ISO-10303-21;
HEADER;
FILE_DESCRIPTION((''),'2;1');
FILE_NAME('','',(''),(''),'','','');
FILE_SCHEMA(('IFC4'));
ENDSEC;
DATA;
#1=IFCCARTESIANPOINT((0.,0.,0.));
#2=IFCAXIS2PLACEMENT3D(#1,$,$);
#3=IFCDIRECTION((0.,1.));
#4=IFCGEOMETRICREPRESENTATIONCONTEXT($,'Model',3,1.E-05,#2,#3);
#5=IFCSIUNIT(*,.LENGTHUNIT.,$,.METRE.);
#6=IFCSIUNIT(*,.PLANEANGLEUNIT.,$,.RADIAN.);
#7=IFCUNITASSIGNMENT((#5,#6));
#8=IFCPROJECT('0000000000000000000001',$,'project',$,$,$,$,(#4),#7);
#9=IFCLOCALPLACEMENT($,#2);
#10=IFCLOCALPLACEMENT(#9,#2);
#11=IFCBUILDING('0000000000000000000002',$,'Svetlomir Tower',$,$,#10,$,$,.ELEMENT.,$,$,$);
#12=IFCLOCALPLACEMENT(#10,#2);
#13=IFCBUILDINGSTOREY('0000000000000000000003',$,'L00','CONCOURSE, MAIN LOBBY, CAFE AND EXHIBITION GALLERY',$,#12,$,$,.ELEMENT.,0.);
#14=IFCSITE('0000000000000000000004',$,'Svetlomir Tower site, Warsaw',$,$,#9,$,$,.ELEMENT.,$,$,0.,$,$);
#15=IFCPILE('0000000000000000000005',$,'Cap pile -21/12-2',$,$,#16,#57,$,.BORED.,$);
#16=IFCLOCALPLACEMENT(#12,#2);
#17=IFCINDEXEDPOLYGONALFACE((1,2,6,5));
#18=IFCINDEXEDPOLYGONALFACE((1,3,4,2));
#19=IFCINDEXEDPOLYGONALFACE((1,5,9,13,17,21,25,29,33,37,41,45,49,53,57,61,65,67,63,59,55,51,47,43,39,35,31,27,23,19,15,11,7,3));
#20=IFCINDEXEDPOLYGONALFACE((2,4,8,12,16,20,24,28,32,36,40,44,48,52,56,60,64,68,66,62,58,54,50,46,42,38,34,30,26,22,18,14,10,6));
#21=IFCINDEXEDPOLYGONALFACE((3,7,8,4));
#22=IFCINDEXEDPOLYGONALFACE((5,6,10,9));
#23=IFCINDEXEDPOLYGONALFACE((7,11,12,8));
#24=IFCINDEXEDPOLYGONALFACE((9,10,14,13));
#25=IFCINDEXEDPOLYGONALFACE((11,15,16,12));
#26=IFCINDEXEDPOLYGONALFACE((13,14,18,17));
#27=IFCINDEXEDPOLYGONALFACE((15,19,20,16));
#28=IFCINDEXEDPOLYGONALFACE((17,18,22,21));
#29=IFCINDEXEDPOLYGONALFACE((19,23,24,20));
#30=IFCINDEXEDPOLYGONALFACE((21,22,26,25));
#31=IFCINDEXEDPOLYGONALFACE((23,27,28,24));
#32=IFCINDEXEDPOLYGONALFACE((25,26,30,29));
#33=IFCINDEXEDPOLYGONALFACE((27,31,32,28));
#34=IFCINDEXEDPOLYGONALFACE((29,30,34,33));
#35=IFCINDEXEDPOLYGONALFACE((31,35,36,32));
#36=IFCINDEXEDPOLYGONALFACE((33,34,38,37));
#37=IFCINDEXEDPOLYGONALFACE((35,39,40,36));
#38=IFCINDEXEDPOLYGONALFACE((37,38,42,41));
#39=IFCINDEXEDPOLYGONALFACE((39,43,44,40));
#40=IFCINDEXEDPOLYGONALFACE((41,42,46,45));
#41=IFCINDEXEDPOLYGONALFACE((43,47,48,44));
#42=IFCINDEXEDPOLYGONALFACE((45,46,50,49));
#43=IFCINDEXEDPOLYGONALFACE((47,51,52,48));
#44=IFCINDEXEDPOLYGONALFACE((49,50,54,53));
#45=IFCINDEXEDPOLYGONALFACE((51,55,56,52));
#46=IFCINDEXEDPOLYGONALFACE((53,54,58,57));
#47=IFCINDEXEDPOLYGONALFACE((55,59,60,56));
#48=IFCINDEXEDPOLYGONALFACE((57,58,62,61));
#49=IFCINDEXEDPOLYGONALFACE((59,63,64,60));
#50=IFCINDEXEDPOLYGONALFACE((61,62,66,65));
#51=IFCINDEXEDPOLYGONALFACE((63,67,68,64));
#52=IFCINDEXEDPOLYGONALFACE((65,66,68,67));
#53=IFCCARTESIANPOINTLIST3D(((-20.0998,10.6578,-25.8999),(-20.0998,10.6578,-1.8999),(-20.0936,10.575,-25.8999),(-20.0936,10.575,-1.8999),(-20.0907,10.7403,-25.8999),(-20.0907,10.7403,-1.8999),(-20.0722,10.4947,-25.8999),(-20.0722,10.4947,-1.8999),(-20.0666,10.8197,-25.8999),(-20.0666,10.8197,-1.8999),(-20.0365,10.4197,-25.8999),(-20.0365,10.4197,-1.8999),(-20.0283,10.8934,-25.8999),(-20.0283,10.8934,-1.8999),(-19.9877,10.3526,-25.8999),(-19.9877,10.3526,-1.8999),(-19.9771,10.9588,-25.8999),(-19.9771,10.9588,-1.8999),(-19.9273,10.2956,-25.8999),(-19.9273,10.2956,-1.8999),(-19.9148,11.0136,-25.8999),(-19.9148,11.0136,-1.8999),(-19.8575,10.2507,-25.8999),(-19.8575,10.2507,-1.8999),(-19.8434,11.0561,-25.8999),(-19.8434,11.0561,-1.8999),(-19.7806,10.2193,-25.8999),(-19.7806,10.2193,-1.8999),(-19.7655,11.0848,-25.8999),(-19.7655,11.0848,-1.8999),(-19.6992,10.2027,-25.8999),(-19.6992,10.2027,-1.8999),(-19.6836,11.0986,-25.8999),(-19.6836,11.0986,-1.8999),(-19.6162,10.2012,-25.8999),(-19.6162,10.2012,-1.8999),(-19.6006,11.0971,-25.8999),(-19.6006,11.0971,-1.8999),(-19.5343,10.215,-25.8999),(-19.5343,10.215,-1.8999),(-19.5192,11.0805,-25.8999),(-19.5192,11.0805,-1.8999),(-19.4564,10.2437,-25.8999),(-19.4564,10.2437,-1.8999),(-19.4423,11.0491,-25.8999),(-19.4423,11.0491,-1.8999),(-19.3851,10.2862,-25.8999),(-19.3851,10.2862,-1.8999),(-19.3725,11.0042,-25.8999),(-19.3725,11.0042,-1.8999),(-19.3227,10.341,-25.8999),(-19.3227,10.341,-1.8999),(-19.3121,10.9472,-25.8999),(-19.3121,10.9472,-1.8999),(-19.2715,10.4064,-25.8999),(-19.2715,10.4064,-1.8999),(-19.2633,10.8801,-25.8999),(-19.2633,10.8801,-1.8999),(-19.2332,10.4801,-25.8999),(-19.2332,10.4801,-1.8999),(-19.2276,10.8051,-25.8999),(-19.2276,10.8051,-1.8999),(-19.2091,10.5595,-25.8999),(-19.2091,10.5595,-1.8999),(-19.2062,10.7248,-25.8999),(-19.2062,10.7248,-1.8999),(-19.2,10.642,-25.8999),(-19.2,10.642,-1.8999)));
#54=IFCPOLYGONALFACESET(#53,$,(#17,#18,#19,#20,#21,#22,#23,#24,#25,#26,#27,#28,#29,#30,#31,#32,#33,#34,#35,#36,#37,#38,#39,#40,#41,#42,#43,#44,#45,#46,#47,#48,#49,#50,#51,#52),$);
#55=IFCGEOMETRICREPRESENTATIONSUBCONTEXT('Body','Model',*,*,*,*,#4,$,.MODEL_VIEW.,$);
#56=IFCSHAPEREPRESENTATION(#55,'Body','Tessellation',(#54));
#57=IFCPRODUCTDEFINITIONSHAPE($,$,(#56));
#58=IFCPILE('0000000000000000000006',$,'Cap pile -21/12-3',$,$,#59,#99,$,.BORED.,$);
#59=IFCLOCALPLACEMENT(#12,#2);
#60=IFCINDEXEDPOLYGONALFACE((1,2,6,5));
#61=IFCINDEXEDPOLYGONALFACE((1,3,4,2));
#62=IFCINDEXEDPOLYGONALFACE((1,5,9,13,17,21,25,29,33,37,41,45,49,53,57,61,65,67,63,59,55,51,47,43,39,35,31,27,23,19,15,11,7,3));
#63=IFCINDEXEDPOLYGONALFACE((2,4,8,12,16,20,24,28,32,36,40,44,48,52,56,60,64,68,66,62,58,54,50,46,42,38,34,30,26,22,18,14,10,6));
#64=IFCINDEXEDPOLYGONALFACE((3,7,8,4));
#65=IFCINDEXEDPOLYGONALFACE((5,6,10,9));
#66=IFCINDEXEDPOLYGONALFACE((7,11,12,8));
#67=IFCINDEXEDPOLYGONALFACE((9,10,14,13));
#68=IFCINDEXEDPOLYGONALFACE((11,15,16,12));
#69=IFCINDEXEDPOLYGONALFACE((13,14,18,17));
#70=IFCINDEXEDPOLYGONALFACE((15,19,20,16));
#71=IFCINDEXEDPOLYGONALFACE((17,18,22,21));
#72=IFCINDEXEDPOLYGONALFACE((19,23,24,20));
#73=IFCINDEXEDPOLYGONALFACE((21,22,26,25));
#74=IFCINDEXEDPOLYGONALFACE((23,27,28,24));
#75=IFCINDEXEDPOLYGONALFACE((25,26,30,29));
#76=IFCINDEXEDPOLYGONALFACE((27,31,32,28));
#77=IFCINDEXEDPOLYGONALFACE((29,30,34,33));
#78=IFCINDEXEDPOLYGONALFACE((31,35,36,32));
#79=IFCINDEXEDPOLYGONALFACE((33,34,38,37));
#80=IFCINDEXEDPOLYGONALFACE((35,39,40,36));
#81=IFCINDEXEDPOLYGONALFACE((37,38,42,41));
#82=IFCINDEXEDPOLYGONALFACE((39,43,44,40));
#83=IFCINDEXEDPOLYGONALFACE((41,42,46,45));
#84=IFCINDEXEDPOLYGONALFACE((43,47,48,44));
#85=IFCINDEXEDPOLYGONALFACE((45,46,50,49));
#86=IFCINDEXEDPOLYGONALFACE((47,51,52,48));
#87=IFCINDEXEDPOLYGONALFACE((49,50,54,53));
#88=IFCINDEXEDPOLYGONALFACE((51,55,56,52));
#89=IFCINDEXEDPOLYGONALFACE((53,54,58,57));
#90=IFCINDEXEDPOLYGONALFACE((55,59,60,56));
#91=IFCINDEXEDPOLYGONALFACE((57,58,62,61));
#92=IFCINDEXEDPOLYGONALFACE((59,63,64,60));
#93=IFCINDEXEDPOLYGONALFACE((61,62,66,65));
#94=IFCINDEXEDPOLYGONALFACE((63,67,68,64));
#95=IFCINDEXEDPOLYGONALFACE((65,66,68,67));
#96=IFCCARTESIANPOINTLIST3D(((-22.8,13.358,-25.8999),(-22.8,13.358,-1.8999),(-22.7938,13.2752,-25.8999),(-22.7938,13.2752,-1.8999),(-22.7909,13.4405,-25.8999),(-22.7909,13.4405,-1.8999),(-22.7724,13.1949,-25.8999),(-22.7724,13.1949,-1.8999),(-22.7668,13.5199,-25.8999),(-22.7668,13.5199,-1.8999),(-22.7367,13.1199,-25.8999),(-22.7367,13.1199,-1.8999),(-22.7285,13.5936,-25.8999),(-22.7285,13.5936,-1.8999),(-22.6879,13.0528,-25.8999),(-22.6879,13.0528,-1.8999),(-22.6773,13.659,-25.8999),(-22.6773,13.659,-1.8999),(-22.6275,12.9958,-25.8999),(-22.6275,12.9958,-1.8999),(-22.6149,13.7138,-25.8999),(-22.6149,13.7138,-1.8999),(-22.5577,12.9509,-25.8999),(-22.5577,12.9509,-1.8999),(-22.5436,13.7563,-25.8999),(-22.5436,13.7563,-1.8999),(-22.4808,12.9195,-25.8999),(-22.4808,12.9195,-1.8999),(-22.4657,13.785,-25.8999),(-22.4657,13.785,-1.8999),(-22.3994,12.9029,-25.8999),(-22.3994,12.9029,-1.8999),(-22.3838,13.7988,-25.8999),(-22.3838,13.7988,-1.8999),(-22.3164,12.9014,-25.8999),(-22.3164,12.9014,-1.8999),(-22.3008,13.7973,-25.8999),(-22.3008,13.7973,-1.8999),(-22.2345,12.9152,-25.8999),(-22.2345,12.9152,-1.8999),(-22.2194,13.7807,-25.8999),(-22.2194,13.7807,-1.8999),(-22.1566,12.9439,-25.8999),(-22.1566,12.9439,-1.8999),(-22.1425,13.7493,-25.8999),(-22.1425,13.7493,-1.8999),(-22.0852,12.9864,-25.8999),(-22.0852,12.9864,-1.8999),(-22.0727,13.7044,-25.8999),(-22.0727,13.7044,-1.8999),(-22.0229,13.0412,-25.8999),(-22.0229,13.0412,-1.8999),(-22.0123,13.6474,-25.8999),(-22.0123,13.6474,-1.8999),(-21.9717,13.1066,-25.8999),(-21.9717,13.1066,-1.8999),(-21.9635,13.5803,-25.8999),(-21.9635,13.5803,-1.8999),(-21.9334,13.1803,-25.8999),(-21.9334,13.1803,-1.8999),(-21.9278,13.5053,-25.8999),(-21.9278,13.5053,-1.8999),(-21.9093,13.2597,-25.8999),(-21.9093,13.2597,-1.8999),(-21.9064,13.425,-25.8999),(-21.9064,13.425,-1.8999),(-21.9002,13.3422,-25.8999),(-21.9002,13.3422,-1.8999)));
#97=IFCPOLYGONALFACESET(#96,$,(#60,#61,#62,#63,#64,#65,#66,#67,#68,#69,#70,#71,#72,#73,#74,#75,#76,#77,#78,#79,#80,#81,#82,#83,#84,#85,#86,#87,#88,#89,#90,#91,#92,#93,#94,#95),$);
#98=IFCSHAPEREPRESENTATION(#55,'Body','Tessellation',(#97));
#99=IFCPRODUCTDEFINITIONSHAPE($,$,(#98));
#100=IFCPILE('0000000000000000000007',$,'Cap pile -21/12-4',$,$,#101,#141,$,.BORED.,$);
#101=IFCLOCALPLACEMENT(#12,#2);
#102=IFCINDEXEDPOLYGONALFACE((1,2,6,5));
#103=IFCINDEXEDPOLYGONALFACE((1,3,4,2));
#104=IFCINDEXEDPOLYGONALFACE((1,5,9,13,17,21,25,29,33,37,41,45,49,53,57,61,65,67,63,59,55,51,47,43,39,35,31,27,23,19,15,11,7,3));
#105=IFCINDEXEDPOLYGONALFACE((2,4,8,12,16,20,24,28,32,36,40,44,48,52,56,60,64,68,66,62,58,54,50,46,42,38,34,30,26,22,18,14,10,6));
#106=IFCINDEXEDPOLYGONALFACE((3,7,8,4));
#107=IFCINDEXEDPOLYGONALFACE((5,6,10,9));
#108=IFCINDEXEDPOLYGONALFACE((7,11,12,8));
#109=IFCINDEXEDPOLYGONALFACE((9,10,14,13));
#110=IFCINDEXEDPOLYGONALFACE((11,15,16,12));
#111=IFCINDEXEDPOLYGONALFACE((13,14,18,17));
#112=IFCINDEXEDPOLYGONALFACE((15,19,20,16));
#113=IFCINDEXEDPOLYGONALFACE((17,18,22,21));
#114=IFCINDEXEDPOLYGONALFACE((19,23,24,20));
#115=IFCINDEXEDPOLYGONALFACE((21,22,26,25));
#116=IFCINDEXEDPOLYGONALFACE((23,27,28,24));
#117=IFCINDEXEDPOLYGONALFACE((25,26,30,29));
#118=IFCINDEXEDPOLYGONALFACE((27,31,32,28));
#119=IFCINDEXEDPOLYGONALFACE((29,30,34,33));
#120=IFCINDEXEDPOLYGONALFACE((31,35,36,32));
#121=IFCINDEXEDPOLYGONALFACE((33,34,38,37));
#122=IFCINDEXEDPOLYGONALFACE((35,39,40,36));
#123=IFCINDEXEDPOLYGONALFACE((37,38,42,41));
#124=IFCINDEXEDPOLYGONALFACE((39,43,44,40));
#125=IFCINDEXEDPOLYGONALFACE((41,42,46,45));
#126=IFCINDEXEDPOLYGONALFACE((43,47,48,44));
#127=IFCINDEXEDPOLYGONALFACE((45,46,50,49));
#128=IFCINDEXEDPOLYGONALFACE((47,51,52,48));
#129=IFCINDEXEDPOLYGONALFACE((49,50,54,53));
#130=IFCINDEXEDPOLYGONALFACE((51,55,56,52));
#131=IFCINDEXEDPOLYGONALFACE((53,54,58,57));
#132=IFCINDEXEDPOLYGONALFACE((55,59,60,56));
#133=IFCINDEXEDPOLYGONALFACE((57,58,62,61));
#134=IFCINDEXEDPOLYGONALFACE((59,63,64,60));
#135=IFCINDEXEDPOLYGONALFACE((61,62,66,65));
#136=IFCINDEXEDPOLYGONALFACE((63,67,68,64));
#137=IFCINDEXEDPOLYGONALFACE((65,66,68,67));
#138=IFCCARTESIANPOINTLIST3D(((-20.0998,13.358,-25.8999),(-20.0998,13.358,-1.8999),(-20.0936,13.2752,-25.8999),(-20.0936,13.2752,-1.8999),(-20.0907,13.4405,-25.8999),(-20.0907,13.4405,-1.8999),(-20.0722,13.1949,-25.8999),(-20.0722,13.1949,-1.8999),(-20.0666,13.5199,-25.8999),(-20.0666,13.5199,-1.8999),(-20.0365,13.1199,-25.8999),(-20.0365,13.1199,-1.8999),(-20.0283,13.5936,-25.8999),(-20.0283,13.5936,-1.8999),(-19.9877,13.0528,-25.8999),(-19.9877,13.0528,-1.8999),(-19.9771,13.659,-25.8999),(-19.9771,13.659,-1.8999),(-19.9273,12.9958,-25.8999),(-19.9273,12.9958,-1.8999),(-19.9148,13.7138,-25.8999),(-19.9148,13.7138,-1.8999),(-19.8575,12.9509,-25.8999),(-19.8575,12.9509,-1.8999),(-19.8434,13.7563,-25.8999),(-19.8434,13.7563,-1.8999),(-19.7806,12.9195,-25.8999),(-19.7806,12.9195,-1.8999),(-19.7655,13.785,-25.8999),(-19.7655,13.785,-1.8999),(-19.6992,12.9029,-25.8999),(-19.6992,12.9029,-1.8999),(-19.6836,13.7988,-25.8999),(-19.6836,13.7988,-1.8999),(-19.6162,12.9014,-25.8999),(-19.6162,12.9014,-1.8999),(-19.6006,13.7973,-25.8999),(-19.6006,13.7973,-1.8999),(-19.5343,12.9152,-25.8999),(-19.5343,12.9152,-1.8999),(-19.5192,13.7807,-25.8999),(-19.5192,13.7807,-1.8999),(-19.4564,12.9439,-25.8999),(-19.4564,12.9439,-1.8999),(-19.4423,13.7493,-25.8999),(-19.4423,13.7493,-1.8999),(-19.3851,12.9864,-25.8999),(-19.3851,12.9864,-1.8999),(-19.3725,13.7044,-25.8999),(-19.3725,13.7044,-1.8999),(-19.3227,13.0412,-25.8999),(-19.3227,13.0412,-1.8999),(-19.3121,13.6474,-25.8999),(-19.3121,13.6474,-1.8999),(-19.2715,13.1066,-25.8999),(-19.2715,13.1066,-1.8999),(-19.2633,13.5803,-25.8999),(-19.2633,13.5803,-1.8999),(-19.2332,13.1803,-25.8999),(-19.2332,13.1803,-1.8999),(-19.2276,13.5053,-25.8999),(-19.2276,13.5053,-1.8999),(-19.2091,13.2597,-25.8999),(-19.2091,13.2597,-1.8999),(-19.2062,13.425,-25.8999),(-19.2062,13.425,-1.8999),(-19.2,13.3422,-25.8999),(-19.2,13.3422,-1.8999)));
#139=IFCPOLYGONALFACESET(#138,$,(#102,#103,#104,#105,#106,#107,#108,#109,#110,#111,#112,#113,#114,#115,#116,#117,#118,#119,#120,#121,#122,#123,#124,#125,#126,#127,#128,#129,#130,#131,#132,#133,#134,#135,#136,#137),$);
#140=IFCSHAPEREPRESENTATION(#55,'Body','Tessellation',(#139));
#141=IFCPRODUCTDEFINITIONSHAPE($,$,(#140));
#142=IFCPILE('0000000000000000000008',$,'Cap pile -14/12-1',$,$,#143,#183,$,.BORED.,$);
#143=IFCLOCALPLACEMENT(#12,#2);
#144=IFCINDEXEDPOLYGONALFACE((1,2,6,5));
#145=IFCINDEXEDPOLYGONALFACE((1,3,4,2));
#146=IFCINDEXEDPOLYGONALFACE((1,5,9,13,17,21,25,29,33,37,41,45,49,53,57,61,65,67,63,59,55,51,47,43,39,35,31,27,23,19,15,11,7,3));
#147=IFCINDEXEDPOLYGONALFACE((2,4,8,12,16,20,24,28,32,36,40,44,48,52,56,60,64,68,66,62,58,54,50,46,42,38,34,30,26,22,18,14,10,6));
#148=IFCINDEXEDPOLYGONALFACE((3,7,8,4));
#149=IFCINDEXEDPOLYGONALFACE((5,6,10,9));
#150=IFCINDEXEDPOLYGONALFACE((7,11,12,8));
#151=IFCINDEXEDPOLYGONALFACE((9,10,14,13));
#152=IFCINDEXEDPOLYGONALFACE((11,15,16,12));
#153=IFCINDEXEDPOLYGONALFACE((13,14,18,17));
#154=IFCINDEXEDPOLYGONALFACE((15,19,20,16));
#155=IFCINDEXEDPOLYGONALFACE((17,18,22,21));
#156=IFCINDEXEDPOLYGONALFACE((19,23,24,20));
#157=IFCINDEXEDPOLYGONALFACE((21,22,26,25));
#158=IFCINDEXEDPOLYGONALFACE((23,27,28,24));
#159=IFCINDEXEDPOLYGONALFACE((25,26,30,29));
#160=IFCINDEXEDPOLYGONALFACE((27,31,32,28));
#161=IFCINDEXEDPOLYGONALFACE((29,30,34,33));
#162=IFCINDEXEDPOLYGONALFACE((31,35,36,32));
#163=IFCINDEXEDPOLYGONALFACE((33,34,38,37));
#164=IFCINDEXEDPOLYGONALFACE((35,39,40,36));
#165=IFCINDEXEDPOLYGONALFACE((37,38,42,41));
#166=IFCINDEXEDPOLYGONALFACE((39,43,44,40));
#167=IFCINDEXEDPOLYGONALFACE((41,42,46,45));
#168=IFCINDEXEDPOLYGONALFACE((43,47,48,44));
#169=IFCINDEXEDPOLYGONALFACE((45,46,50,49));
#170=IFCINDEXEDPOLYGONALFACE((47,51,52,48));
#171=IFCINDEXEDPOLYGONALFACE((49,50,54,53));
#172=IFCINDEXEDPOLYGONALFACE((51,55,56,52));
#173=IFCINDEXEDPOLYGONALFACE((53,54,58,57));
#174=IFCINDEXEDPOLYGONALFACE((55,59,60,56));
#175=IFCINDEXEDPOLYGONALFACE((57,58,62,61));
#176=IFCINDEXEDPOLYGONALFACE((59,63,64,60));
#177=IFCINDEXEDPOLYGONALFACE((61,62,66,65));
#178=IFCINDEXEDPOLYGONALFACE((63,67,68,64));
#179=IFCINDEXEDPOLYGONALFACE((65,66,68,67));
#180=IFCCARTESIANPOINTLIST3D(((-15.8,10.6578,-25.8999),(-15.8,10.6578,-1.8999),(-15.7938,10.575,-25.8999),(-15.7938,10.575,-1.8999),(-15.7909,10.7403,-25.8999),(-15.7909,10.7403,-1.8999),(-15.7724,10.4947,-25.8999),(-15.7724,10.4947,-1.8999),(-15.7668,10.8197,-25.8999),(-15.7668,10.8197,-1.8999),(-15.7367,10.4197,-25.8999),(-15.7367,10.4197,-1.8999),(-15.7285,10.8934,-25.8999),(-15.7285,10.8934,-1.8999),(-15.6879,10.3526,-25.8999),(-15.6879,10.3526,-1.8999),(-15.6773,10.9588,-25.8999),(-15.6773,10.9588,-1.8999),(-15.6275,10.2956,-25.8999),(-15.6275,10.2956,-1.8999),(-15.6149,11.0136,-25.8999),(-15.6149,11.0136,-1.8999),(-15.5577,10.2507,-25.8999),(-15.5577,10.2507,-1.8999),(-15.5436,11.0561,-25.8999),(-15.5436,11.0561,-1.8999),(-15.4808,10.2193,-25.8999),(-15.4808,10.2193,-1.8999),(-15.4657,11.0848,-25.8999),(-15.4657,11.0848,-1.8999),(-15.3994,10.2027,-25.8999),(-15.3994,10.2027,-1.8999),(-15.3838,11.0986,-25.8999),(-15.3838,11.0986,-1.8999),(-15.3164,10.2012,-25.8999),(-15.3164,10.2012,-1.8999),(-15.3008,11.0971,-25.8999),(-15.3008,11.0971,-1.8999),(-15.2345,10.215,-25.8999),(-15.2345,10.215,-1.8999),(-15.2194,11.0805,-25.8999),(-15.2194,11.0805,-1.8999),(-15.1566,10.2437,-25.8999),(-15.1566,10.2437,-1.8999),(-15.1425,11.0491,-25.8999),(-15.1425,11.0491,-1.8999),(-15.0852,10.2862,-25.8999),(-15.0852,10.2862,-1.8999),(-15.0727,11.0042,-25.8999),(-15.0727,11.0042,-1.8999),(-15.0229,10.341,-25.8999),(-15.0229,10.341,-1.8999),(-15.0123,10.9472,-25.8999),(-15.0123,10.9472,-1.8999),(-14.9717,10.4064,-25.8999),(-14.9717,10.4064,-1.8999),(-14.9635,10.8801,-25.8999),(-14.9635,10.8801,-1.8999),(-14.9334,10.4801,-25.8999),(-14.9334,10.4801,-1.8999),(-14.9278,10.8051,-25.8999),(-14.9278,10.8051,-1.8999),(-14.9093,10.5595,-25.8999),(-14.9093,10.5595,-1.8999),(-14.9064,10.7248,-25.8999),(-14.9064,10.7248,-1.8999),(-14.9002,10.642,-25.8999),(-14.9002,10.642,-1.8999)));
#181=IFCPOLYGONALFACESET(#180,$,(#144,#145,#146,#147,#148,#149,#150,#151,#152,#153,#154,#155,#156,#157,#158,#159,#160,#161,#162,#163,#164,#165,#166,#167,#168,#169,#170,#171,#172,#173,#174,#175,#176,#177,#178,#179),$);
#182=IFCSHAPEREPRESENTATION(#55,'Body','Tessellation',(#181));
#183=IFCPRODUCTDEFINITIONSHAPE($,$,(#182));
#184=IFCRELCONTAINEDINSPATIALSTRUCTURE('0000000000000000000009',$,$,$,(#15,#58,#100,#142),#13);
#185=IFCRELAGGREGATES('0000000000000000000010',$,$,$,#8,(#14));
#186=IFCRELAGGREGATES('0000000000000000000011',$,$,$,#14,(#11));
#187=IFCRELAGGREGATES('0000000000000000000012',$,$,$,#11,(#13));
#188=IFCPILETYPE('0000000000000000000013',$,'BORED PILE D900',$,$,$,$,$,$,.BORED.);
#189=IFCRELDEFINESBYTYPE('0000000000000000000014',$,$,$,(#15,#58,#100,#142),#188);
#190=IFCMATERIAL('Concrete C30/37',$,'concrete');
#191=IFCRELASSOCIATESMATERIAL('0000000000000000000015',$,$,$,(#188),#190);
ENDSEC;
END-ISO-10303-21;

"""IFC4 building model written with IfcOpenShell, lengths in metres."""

from ifc_helpers import new_model, si_unit, direction, frame, frame_2d, origin, origin_2d, place, context, subcontext, project, spatial, circle, extrude, material, material_profile, profile_set, type_object, element, save


model = new_model("IFC4")

# Units and contexts
model_context = context("Model", 3, precision=1e-05, world=origin(), true_north=direction((0.0, 1.0)))
body_context = subcontext(model_context, "Body", "Model", "MODEL_VIEW")
ifc_project = project(units=[si_unit("LENGTHUNIT", "METRE"), si_unit("PLANEANGLEUNIT", "RADIAN")], contexts=[model_context])

# Site, building, storey
site_placement = place(None, origin())
site = spatial("IfcSite", under=ifc_project, at=site_placement, Name="Svetlomir Tower site, Warsaw", CompositionType="ELEMENT", RefElevation=0.0)
building_placement = place(site_placement, origin())
building = spatial("IfcBuilding", under=site, at=building_placement, Name="Svetlomir Tower", CompositionType="ELEMENT")
storey_placement = place(building_placement, origin())
storey = spatial("IfcBuildingStorey", under=building, at=storey_placement, Name="L00", Description="CONCOURSE, MAIN LOBBY, CAFE AND EXHIBITION GALLERY", CompositionType="ELEMENT", Elevation=0.0)

# Piles
ifc_material_1 = material(Name="Concrete C30/37", Category="concrete")
ifc_material_profile_1 = material_profile(ifc_material_1, circle(Radius=0.45, at=origin_2d()), Name="RC D900")
ifc_profile_set_1 = profile_set([ifc_material_profile_1], Name="Concrete C30/37")
pile_type = type_object("IfcPileType", Name="BORED PILE D900", PredefinedType="BORED", material=ifc_profile_set_1)
for number, where, z_axis, x_axis, name in (
    (1, (-19.6499, 10.6499, -1.8999), (0.0, 0.0, -1.0), (1.0, 0.0, 0.0), "Cap pile -21/12-2"),
    (2, (-22.3501, 13.3501, -1.8999), (0.0, 0.0, -1.0), (1.0, 0.0, 0.0), "Cap pile -21/12-3"),
    (3, (-19.6499, 13.3501, -1.8999), (0.0, 0.0, -1.0), (1.0, 0.0, 0.0), "Cap pile -21/12-4"),
    (4, (-15.3501, 10.6499, -1.8999), (0.0, 0.0, -1.0), (1.0, 0.0, 0.0), "Cap pile -14/12-1"),
):
    element("IfcPile", number, at=place(storey_placement, frame(where, z_axis=z_axis, x_axis=x_axis)), inside=storey, type_object=pile_type, Name=name, PredefinedType="BORED", context=body_context, shape_type="SweptSolid", body=[
        extrude(circle(Radius=0.45, at=frame_2d((0.0, 0.0), x_axis=(0.999848, 0.017452))), origin(), (0.0, 0.0, 1.0), 24.0),
    ])

save(model, "model.ifc")
